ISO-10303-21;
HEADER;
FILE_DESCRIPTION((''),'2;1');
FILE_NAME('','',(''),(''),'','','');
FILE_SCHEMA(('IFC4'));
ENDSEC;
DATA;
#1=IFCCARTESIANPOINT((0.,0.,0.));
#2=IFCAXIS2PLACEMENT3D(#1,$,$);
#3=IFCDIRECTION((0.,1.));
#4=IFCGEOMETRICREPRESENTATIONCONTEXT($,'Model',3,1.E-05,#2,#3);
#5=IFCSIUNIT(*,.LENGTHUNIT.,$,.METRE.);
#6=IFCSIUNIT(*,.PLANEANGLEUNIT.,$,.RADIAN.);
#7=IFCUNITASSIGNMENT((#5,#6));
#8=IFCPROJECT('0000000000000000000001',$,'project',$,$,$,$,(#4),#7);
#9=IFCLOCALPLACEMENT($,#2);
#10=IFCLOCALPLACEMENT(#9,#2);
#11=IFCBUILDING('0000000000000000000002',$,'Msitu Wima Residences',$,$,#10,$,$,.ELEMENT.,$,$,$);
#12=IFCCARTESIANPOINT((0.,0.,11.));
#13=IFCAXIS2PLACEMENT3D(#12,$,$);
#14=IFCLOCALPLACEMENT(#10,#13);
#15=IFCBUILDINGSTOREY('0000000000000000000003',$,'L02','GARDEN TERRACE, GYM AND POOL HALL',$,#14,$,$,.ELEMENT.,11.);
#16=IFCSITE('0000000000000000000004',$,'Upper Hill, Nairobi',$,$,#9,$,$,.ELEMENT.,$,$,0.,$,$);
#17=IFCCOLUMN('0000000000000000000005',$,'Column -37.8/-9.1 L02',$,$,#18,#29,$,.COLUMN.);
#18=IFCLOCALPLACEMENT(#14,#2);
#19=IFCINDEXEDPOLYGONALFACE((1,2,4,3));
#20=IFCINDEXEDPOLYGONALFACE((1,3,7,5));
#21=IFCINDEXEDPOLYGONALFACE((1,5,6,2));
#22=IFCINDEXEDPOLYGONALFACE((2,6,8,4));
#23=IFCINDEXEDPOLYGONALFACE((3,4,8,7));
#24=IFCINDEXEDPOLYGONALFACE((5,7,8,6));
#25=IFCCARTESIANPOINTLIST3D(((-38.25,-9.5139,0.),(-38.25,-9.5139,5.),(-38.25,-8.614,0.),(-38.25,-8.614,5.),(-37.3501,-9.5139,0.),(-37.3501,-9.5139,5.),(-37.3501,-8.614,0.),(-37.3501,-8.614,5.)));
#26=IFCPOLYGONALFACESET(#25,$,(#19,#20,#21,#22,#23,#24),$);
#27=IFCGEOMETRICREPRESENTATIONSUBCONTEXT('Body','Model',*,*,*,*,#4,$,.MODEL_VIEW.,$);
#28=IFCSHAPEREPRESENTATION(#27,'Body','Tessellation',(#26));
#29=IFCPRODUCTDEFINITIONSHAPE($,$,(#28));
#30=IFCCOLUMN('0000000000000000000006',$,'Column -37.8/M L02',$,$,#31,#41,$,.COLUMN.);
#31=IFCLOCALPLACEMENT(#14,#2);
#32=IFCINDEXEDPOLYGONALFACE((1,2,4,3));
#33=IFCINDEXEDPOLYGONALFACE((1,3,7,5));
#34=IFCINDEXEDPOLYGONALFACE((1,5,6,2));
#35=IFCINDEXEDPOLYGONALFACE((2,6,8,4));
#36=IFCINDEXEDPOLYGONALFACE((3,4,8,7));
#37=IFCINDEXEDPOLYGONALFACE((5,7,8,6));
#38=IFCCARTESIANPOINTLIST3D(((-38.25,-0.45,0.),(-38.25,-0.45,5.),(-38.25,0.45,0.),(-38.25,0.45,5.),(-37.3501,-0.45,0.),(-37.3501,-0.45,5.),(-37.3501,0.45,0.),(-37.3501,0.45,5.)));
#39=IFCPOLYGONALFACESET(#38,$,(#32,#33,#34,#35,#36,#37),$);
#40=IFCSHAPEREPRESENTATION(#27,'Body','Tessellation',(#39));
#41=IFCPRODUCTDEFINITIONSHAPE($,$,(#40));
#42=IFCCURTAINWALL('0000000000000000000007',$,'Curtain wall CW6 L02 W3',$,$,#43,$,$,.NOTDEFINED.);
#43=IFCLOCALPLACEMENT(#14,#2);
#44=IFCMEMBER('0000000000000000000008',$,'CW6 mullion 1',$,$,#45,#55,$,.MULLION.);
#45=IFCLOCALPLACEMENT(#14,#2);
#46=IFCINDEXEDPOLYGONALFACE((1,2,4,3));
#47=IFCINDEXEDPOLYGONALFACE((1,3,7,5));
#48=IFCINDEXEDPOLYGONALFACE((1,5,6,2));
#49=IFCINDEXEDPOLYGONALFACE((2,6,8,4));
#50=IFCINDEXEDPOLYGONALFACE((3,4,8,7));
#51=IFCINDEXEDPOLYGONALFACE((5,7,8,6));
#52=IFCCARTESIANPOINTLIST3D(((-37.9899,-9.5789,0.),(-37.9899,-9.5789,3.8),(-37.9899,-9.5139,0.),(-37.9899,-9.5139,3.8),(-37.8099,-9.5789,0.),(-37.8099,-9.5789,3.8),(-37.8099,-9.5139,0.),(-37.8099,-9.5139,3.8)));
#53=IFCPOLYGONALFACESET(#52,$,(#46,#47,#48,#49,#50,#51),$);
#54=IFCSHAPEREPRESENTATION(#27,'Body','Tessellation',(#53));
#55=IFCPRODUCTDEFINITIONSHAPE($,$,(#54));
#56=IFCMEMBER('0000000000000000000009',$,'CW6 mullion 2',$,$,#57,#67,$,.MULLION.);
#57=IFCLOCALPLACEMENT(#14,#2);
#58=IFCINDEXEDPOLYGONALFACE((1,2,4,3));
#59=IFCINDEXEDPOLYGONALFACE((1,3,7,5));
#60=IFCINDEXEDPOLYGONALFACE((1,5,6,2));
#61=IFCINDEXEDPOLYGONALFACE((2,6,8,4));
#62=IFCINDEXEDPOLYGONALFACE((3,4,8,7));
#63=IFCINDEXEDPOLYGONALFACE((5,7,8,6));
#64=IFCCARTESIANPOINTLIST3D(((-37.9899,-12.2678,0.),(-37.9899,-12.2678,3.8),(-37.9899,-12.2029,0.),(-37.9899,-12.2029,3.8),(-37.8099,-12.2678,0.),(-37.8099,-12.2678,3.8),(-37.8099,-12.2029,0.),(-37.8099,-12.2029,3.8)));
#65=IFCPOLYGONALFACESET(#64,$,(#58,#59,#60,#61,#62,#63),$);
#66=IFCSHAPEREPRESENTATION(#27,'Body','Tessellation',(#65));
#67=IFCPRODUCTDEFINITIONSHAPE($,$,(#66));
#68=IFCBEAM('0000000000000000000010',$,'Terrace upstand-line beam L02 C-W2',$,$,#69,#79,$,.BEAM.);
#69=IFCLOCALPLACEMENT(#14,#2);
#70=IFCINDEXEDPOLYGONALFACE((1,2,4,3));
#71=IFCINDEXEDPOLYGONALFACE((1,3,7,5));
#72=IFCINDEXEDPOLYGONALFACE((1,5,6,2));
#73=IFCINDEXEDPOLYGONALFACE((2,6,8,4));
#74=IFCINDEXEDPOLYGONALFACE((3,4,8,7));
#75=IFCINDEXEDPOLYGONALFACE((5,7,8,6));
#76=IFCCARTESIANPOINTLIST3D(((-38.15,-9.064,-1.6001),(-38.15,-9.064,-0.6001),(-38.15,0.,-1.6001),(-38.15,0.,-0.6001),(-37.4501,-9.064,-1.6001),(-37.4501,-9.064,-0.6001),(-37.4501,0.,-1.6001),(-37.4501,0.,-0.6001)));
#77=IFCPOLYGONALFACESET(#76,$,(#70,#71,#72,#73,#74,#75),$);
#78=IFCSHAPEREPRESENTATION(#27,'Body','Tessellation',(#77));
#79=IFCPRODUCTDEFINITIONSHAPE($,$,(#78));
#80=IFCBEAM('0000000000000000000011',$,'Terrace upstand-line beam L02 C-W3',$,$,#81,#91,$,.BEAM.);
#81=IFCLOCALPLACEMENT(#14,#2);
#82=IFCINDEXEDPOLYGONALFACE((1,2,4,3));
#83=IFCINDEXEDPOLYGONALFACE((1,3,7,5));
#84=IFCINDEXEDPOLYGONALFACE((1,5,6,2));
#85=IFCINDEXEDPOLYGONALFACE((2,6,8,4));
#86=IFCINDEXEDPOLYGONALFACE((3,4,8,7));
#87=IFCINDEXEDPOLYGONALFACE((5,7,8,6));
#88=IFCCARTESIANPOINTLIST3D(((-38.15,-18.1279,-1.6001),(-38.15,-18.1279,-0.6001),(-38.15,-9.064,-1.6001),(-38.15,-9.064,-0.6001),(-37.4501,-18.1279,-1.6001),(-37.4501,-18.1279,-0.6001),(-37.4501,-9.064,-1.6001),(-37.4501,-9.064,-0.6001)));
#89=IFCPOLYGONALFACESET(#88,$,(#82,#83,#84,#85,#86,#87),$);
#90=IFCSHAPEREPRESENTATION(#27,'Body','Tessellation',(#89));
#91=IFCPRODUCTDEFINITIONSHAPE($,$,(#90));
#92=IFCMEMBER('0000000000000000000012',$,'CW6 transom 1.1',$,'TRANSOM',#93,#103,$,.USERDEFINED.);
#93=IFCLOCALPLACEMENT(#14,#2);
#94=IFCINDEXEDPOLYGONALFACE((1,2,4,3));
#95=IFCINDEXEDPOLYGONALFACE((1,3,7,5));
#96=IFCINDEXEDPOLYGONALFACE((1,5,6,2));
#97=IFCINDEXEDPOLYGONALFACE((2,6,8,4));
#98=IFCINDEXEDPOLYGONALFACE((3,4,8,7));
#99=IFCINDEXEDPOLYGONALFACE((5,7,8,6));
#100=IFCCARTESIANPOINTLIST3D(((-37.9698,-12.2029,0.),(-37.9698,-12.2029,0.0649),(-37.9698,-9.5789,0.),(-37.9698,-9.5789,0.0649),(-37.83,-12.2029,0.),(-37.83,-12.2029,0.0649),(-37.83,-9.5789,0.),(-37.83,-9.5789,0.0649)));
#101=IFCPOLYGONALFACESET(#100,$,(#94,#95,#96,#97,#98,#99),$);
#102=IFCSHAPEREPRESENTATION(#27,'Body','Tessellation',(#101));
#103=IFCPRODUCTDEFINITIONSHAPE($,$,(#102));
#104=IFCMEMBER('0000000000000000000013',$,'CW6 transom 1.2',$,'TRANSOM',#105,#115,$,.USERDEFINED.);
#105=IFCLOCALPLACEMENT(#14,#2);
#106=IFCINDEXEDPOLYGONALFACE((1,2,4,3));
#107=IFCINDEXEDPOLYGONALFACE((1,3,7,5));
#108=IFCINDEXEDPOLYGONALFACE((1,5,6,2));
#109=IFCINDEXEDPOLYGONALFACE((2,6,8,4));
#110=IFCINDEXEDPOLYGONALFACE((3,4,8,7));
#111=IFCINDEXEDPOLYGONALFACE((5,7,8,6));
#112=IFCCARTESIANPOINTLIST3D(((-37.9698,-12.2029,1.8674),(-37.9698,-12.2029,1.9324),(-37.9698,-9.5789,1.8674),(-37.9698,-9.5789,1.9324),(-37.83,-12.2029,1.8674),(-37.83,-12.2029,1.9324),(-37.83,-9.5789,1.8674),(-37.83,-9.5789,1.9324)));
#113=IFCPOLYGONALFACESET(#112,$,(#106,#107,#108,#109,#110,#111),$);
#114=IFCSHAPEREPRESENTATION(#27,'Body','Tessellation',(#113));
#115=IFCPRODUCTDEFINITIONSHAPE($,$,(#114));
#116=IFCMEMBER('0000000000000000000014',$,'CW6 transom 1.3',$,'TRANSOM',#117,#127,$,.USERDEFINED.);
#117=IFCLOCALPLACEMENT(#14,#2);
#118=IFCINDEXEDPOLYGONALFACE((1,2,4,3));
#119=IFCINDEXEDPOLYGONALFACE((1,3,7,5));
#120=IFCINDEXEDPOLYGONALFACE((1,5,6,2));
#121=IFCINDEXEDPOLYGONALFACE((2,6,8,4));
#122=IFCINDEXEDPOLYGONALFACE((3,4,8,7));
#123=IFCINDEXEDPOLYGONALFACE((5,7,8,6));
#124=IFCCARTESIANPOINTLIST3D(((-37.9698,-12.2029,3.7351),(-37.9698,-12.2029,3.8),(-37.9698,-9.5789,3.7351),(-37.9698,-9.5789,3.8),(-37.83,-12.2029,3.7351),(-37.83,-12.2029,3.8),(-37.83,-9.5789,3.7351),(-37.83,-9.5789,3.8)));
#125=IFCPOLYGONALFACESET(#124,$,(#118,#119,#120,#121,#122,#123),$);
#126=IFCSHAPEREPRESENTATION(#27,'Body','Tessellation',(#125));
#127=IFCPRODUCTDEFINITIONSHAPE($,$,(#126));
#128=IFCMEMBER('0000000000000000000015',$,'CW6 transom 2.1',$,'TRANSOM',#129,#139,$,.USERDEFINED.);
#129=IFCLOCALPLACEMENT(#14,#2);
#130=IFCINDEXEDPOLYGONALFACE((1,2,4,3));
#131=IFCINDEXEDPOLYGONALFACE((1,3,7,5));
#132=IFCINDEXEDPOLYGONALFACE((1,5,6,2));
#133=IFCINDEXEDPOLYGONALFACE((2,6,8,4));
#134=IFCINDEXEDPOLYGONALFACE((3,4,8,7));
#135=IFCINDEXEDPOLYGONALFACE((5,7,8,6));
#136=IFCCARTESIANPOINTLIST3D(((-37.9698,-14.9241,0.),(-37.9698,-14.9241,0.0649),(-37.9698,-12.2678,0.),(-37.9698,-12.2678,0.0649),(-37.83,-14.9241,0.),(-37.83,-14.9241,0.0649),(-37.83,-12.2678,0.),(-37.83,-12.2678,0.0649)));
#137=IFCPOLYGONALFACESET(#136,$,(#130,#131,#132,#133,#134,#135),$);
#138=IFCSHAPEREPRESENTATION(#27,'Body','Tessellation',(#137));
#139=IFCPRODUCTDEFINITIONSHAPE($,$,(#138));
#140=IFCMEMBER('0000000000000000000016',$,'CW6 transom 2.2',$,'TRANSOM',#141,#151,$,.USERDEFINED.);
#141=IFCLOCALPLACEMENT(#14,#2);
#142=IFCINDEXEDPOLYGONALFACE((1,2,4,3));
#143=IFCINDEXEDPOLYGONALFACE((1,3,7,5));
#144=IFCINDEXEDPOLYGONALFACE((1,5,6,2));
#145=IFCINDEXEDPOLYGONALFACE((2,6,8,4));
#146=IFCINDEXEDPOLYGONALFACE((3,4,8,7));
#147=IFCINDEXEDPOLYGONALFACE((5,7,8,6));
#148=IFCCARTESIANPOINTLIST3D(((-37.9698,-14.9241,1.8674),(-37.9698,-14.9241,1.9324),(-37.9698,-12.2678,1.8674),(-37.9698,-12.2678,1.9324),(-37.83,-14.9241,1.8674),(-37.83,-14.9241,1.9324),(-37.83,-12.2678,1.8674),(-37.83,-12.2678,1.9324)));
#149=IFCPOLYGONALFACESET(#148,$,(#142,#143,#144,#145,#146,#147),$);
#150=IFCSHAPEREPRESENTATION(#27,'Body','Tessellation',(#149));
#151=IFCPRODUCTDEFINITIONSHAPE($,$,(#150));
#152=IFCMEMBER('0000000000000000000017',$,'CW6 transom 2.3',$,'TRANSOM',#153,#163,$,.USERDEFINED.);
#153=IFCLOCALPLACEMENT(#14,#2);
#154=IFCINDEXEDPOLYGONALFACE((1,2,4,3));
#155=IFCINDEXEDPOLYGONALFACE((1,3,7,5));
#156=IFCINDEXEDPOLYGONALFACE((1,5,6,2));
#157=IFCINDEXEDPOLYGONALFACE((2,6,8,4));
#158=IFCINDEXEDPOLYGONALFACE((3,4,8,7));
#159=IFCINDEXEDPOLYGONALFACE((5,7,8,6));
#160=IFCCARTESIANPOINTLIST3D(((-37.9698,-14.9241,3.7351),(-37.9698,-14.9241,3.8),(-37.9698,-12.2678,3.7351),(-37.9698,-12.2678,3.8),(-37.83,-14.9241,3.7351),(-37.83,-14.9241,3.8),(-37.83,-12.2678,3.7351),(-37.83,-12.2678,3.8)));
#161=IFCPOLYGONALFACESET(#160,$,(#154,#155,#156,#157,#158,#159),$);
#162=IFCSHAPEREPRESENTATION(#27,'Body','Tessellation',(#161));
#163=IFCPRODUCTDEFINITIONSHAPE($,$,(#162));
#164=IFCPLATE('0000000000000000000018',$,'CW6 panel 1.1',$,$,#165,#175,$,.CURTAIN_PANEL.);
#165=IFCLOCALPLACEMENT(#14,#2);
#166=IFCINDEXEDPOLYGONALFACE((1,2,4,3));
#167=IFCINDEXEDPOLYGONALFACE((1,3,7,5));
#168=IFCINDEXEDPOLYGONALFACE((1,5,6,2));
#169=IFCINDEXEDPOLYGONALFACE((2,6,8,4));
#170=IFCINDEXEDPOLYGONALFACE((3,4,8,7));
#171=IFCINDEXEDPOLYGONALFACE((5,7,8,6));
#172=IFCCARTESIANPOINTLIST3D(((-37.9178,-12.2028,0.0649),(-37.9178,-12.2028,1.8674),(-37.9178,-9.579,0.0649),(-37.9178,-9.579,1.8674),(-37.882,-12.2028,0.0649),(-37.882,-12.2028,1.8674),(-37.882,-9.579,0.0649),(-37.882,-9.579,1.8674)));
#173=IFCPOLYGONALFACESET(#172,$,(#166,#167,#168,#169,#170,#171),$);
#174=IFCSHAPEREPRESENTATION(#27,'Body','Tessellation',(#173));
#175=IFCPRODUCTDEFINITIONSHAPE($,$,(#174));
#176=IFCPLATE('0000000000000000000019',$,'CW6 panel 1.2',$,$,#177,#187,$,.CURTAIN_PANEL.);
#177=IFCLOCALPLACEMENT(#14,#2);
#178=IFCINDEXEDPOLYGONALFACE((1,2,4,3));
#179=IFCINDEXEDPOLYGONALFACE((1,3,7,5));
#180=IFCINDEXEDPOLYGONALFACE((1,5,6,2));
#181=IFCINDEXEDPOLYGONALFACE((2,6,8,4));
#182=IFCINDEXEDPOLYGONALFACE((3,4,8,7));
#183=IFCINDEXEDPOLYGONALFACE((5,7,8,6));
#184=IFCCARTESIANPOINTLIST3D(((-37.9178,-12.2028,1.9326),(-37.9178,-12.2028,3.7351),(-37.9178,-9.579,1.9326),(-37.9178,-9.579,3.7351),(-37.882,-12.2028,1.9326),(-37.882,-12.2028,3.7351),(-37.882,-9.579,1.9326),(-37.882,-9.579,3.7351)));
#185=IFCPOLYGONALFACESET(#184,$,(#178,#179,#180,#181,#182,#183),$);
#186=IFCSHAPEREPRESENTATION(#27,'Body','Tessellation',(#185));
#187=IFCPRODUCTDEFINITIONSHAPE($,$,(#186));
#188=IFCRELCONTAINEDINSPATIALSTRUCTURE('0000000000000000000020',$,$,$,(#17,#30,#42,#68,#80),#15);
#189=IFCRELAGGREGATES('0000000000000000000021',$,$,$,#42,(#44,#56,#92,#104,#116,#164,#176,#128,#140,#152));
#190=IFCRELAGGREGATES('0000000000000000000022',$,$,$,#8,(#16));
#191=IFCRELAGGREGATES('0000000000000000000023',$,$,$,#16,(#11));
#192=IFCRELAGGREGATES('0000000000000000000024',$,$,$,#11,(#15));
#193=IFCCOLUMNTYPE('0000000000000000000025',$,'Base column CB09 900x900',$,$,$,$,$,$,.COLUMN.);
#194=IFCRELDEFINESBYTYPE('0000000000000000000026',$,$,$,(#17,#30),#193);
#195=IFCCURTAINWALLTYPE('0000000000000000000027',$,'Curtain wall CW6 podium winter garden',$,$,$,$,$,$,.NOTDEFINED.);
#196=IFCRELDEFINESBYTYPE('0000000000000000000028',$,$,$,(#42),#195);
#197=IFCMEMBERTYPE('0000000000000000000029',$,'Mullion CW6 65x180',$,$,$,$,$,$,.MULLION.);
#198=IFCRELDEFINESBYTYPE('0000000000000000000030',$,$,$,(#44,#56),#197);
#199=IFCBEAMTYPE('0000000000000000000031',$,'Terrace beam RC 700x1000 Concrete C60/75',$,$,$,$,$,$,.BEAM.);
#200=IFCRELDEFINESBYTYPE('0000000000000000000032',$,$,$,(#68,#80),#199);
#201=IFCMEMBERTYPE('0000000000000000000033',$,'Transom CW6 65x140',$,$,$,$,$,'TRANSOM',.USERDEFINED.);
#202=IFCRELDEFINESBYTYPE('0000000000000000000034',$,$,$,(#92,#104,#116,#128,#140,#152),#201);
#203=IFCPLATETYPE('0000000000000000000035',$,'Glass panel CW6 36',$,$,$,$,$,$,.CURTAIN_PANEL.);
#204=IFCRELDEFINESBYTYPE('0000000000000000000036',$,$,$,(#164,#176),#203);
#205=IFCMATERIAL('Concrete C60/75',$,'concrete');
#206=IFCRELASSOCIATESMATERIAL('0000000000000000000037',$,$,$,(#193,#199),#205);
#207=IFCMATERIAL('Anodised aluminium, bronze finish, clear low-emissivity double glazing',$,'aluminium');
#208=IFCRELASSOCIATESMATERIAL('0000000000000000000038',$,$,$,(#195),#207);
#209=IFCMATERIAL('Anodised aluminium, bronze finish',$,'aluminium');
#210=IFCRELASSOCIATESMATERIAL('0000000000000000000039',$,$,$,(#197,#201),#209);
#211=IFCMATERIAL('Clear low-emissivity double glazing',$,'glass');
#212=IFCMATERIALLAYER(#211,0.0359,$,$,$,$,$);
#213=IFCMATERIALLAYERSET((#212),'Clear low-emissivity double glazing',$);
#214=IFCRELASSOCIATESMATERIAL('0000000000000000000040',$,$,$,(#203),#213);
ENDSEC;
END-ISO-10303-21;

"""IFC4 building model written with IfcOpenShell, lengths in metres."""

from ifc_helpers import new_model, si_unit, direction, frame, origin, origin_2d, place, context, subcontext, project, spatial, rectangle, extrude, material, layer, layer_set, material_profile, profile_set, type_object, element, aggregate, save


model = new_model("IFC4")

# Units and contexts
model_context = context("Model", 3, precision=1e-05, world=origin(), true_north=direction((0.0, 1.0)))
body_context = subcontext(model_context, "Body", "Model", "MODEL_VIEW")
ifc_project = project(units=[si_unit("LENGTHUNIT", "METRE"), si_unit("PLANEANGLEUNIT", "RADIAN")], contexts=[model_context])

# Site, building, storey
site_placement = place(None, origin())
site = spatial("IfcSite", under=ifc_project, at=site_placement, Name="Upper Hill, Nairobi", CompositionType="ELEMENT", RefElevation=0.0)
building_placement = place(site_placement, origin())
building = spatial("IfcBuilding", under=site, at=building_placement, Name="Msitu Wima Residences", CompositionType="ELEMENT")
storey_placement = place(building_placement, frame((0.0, 0.0, 11.0)))
storey = spatial("IfcBuildingStorey", under=building, at=storey_placement, Name="L02", Description="GARDEN TERRACE, GYM AND POOL HALL", CompositionType="ELEMENT", Elevation=11.0)

# Columns
ifc_material_1 = material(Name="Concrete C60/75", Category="concrete")
ifc_material_profile_1 = material_profile(ifc_material_1, rectangle(XDim=0.8999, YDim=0.8999, at=origin_2d()), Name="RC 900x900")
ifc_profile_set_1 = profile_set([ifc_material_profile_1], Name="Concrete C60/75")
column_type = type_object("IfcColumnType", Name="Base column CB09 900x900", PredefinedType="COLUMN", material=ifc_profile_set_1)
for number, where, z_axis, x_axis, name in (
    (1, (-37.8, -9.064, 0.0), (0.0, 0.0, 1.0), (1.0, 0.0, 0.0), "Column -37.8/-9.1 L02"),
    (2, (-37.8, 0.0, 0.0), (0.0, 0.0, 1.0), (1.0, 0.0, 0.0), "Column -37.8/M L02"),
):
    element("IfcColumn", number, at=place(storey_placement, frame(where, z_axis=z_axis, x_axis=x_axis)), inside=storey, type_object=column_type, Name=name, PredefinedType="COLUMN", context=body_context, shape_type="SweptSolid", body=[
        extrude(rectangle(XDim=0.8999, YDim=0.8999, at=origin_2d()), origin(), (0.0, 0.0, 1.0), 5.0),
    ])

# Curtain wall, members
ifc_material_2 = material(Name="Anodised aluminium, bronze finish, clear low-emissivity double glazing", Category="aluminium")
curtain_wall_type = type_object("IfcCurtainWallType", Name="Curtain wall CW6 podium winter garden", PredefinedType="NOTDEFINED", material=ifc_material_2)
curtain_wall_placement = place(storey_placement, origin())
curtain_wall = element("IfcCurtainWall", 3, at=curtain_wall_placement, inside=storey, type_object=curtain_wall_type, Name="Curtain wall CW6 L02 W3", PredefinedType="NOTDEFINED")
ifc_material_3 = material(Name="Anodised aluminium, bronze finish", Category="aluminium")
ifc_material_profile_2 = material_profile(ifc_material_3, rectangle(XDim=0.1799, YDim=0.0649, at=origin_2d()), Name="Mullion 65x180")
ifc_profile_set_2 = profile_set([ifc_material_profile_2], Name="Anodised aluminium, bronze finish")
member_type_1 = type_object("IfcMemberType", Name="Mullion CW6 65x180", PredefinedType="MULLION", material=ifc_profile_set_2)
member_1_placement = place(storey_placement, frame((-37.8999, -9.5464, 0.0), z_axis=(0.0, 0.0, 1.0), x_axis=(1.0, 0.0, 0.0)))
member_1 = element("IfcMember", 4, at=member_1_placement, type_object=member_type_1, Name="CW6 mullion 1", PredefinedType="MULLION", context=body_context, shape_type="SweptSolid", body=[
    extrude(rectangle(XDim=0.1799, YDim=0.0649, at=origin_2d()), origin(), (0.0, 0.0, 1.0), 3.8),
])
member_2_placement = place(storey_placement, frame((-37.8999, -12.2354, 0.0), z_axis=(0.0, 0.0, 1.0), x_axis=(1.0, 0.0, 0.0)))
member_2 = element("IfcMember", 5, at=member_2_placement, type_object=member_type_1, Name="CW6 mullion 2", PredefinedType="MULLION", context=body_context, shape_type="SweptSolid", body=[
    extrude(rectangle(XDim=0.1799, YDim=0.0649, at=origin_2d()), origin(), (0.0, 0.0, 1.0), 3.8),
])

# Beams
ifc_material_profile_3 = material_profile(ifc_material_1, rectangle(XDim=0.7, YDim=1.0, at=origin_2d()), Name="RC 700x1000")
ifc_profile_set_3 = profile_set([ifc_material_profile_3], Name="Concrete C60/75")
beam_type = type_object("IfcBeamType", Name="Terrace beam RC 700x1000 Concrete C60/75", PredefinedType="BEAM", material=ifc_profile_set_3)
for number, where, z_axis, x_axis, name in (
    (6, (-37.8, 0.0, -1.1001), (0.0, -1.0, 0.0), (1.0, 0.0, 0.0), "Terrace upstand-line beam L02 C-W2"),
    (7, (-37.8, -9.064, -1.1001), (0.0, -1.0, 0.0), (1.0, 0.0, 0.0), "Terrace upstand-line beam L02 C-W3"),
):
    element("IfcBeam", number, at=place(storey_placement, frame(where, z_axis=z_axis, x_axis=x_axis)), inside=storey, type_object=beam_type, Name=name, PredefinedType="BEAM", context=body_context, shape_type="SweptSolid", body=[
        extrude(rectangle(XDim=0.7, YDim=1.0, at=origin_2d()), origin(), (0.0, 0.0, 1.0), 9.064),
    ])

# Members
ifc_material_profile_4 = material_profile(ifc_material_3, rectangle(XDim=0.1399, YDim=0.0649, at=origin_2d()), Name="Transom 65x140")
ifc_profile_set_4 = profile_set([ifc_material_profile_4], Name="Anodised aluminium, bronze finish")
member_type_2 = type_object("IfcMemberType", Name="Transom CW6 65x140", ElementType="TRANSOM", PredefinedType="USERDEFINED", material=ifc_profile_set_4)
member_3_placement = place(storey_placement, frame((-37.8999, -9.5789, 0.0325), z_axis=(0.0, -1.0, 0.0), x_axis=(1.0, 0.0, 0.0)))
member_3 = element("IfcMember", 8, at=member_3_placement, type_object=member_type_2, Name="CW6 transom 1.1", ObjectType="TRANSOM", PredefinedType="USERDEFINED", context=body_context, shape_type="SweptSolid", body=[
    extrude(rectangle(XDim=0.1399, YDim=0.0649, at=origin_2d()), origin(), (0.0, 0.0, 1.0), 2.624),
])
member_4_placement = place(storey_placement, frame((-37.8999, -9.5789, 1.8999), z_axis=(0.0, -1.0, 0.0), x_axis=(1.0, 0.0, 0.0)))
member_4 = element("IfcMember", 9, at=member_4_placement, type_object=member_type_2, Name="CW6 transom 1.2", ObjectType="TRANSOM", PredefinedType="USERDEFINED", context=body_context, shape_type="SweptSolid", body=[
    extrude(rectangle(XDim=0.1399, YDim=0.0649, at=origin_2d()), origin(), (0.0, 0.0, 1.0), 2.624),
])
member_5_placement = place(storey_placement, frame((-37.8999, -9.5789, 3.7676), z_axis=(0.0, -1.0, 0.0), x_axis=(1.0, 0.0, 0.0)))
member_5 = element("IfcMember", 10, at=member_5_placement, type_object=member_type_2, Name="CW6 transom 1.3", ObjectType="TRANSOM", PredefinedType="USERDEFINED", context=body_context, shape_type="SweptSolid", body=[
    extrude(rectangle(XDim=0.1399, YDim=0.0649, at=origin_2d()), origin(), (0.0, 0.0, 1.0), 2.624),
])
member_6_placement = place(storey_placement, frame((-37.8999, -12.2678, 0.0325), z_axis=(0.0, -1.0, 0.0), x_axis=(1.0, 0.0, 0.0)))
member_6 = element("IfcMember", 11, at=member_6_placement, type_object=member_type_2, Name="CW6 transom 2.1", ObjectType="TRANSOM", PredefinedType="USERDEFINED", context=body_context, shape_type="SweptSolid", body=[
    extrude(rectangle(XDim=0.1399, YDim=0.0649, at=origin_2d()), origin(), (0.0, 0.0, 1.0), 2.6562),
])
member_7_placement = place(storey_placement, frame((-37.8999, -12.2678, 1.8999), z_axis=(0.0, -1.0, 0.0), x_axis=(1.0, 0.0, 0.0)))
member_7 = element("IfcMember", 12, at=member_7_placement, type_object=member_type_2, Name="CW6 transom 2.2", ObjectType="TRANSOM", PredefinedType="USERDEFINED", context=body_context, shape_type="SweptSolid", body=[
    extrude(rectangle(XDim=0.1399, YDim=0.0649, at=origin_2d()), origin(), (0.0, 0.0, 1.0), 2.6562),
])
member_8_placement = place(storey_placement, frame((-37.8999, -12.2678, 3.7676), z_axis=(0.0, -1.0, 0.0), x_axis=(1.0, 0.0, 0.0)))
member_8 = element("IfcMember", 13, at=member_8_placement, type_object=member_type_2, Name="CW6 transom 2.3", ObjectType="TRANSOM", PredefinedType="USERDEFINED", context=body_context, shape_type="SweptSolid", body=[
    extrude(rectangle(XDim=0.1399, YDim=0.0649, at=origin_2d()), origin(), (0.0, 0.0, 1.0), 2.6562),
])

# Plates
ifc_material_4 = material(Name="Clear low-emissivity double glazing", Category="glass")
ifc_layer_1 = layer(ifc_material_4, 0.0359)
ifc_layer_set_1 = layer_set([ifc_layer_1], Name="Clear low-emissivity double glazing")
plate_type = type_object("IfcPlateType", Name="Glass panel CW6 36", PredefinedType="CURTAIN_PANEL", material=ifc_layer_set_1)
plate_1_placement = place(storey_placement, frame((-37.8999, -10.8909, 0.0649), z_axis=(0.0, 0.0, 1.0), x_axis=(0.0, -1.0, 0.0)))
plate_1 = element("IfcPlate", 14, at=plate_1_placement, type_object=plate_type, Name="CW6 panel 1.1", PredefinedType="CURTAIN_PANEL", context=body_context, shape_type="SweptSolid", body=[
    extrude(rectangle(XDim=2.6238, YDim=0.0359, at=origin_2d()), origin(), (0.0, 0.0, 1.0), 1.8025),
])
plate_2_placement = place(storey_placement, frame((-37.8999, -10.8909, 1.9326), z_axis=(0.0, 0.0, 1.0), x_axis=(0.0, -1.0, 0.0)))
plate_2 = element("IfcPlate", 15, at=plate_2_placement, type_object=plate_type, Name="CW6 panel 1.2", PredefinedType="CURTAIN_PANEL", context=body_context, shape_type="SweptSolid", body=[
    extrude(rectangle(XDim=2.6238, YDim=0.0359, at=origin_2d()), origin(), (0.0, 0.0, 1.0), 1.8025),
])
aggregate(curtain_wall, [member_1, member_2, member_3, member_4, member_5, plate_1, plate_2, member_6, member_7, member_8])

save(model, "model.ifc")
